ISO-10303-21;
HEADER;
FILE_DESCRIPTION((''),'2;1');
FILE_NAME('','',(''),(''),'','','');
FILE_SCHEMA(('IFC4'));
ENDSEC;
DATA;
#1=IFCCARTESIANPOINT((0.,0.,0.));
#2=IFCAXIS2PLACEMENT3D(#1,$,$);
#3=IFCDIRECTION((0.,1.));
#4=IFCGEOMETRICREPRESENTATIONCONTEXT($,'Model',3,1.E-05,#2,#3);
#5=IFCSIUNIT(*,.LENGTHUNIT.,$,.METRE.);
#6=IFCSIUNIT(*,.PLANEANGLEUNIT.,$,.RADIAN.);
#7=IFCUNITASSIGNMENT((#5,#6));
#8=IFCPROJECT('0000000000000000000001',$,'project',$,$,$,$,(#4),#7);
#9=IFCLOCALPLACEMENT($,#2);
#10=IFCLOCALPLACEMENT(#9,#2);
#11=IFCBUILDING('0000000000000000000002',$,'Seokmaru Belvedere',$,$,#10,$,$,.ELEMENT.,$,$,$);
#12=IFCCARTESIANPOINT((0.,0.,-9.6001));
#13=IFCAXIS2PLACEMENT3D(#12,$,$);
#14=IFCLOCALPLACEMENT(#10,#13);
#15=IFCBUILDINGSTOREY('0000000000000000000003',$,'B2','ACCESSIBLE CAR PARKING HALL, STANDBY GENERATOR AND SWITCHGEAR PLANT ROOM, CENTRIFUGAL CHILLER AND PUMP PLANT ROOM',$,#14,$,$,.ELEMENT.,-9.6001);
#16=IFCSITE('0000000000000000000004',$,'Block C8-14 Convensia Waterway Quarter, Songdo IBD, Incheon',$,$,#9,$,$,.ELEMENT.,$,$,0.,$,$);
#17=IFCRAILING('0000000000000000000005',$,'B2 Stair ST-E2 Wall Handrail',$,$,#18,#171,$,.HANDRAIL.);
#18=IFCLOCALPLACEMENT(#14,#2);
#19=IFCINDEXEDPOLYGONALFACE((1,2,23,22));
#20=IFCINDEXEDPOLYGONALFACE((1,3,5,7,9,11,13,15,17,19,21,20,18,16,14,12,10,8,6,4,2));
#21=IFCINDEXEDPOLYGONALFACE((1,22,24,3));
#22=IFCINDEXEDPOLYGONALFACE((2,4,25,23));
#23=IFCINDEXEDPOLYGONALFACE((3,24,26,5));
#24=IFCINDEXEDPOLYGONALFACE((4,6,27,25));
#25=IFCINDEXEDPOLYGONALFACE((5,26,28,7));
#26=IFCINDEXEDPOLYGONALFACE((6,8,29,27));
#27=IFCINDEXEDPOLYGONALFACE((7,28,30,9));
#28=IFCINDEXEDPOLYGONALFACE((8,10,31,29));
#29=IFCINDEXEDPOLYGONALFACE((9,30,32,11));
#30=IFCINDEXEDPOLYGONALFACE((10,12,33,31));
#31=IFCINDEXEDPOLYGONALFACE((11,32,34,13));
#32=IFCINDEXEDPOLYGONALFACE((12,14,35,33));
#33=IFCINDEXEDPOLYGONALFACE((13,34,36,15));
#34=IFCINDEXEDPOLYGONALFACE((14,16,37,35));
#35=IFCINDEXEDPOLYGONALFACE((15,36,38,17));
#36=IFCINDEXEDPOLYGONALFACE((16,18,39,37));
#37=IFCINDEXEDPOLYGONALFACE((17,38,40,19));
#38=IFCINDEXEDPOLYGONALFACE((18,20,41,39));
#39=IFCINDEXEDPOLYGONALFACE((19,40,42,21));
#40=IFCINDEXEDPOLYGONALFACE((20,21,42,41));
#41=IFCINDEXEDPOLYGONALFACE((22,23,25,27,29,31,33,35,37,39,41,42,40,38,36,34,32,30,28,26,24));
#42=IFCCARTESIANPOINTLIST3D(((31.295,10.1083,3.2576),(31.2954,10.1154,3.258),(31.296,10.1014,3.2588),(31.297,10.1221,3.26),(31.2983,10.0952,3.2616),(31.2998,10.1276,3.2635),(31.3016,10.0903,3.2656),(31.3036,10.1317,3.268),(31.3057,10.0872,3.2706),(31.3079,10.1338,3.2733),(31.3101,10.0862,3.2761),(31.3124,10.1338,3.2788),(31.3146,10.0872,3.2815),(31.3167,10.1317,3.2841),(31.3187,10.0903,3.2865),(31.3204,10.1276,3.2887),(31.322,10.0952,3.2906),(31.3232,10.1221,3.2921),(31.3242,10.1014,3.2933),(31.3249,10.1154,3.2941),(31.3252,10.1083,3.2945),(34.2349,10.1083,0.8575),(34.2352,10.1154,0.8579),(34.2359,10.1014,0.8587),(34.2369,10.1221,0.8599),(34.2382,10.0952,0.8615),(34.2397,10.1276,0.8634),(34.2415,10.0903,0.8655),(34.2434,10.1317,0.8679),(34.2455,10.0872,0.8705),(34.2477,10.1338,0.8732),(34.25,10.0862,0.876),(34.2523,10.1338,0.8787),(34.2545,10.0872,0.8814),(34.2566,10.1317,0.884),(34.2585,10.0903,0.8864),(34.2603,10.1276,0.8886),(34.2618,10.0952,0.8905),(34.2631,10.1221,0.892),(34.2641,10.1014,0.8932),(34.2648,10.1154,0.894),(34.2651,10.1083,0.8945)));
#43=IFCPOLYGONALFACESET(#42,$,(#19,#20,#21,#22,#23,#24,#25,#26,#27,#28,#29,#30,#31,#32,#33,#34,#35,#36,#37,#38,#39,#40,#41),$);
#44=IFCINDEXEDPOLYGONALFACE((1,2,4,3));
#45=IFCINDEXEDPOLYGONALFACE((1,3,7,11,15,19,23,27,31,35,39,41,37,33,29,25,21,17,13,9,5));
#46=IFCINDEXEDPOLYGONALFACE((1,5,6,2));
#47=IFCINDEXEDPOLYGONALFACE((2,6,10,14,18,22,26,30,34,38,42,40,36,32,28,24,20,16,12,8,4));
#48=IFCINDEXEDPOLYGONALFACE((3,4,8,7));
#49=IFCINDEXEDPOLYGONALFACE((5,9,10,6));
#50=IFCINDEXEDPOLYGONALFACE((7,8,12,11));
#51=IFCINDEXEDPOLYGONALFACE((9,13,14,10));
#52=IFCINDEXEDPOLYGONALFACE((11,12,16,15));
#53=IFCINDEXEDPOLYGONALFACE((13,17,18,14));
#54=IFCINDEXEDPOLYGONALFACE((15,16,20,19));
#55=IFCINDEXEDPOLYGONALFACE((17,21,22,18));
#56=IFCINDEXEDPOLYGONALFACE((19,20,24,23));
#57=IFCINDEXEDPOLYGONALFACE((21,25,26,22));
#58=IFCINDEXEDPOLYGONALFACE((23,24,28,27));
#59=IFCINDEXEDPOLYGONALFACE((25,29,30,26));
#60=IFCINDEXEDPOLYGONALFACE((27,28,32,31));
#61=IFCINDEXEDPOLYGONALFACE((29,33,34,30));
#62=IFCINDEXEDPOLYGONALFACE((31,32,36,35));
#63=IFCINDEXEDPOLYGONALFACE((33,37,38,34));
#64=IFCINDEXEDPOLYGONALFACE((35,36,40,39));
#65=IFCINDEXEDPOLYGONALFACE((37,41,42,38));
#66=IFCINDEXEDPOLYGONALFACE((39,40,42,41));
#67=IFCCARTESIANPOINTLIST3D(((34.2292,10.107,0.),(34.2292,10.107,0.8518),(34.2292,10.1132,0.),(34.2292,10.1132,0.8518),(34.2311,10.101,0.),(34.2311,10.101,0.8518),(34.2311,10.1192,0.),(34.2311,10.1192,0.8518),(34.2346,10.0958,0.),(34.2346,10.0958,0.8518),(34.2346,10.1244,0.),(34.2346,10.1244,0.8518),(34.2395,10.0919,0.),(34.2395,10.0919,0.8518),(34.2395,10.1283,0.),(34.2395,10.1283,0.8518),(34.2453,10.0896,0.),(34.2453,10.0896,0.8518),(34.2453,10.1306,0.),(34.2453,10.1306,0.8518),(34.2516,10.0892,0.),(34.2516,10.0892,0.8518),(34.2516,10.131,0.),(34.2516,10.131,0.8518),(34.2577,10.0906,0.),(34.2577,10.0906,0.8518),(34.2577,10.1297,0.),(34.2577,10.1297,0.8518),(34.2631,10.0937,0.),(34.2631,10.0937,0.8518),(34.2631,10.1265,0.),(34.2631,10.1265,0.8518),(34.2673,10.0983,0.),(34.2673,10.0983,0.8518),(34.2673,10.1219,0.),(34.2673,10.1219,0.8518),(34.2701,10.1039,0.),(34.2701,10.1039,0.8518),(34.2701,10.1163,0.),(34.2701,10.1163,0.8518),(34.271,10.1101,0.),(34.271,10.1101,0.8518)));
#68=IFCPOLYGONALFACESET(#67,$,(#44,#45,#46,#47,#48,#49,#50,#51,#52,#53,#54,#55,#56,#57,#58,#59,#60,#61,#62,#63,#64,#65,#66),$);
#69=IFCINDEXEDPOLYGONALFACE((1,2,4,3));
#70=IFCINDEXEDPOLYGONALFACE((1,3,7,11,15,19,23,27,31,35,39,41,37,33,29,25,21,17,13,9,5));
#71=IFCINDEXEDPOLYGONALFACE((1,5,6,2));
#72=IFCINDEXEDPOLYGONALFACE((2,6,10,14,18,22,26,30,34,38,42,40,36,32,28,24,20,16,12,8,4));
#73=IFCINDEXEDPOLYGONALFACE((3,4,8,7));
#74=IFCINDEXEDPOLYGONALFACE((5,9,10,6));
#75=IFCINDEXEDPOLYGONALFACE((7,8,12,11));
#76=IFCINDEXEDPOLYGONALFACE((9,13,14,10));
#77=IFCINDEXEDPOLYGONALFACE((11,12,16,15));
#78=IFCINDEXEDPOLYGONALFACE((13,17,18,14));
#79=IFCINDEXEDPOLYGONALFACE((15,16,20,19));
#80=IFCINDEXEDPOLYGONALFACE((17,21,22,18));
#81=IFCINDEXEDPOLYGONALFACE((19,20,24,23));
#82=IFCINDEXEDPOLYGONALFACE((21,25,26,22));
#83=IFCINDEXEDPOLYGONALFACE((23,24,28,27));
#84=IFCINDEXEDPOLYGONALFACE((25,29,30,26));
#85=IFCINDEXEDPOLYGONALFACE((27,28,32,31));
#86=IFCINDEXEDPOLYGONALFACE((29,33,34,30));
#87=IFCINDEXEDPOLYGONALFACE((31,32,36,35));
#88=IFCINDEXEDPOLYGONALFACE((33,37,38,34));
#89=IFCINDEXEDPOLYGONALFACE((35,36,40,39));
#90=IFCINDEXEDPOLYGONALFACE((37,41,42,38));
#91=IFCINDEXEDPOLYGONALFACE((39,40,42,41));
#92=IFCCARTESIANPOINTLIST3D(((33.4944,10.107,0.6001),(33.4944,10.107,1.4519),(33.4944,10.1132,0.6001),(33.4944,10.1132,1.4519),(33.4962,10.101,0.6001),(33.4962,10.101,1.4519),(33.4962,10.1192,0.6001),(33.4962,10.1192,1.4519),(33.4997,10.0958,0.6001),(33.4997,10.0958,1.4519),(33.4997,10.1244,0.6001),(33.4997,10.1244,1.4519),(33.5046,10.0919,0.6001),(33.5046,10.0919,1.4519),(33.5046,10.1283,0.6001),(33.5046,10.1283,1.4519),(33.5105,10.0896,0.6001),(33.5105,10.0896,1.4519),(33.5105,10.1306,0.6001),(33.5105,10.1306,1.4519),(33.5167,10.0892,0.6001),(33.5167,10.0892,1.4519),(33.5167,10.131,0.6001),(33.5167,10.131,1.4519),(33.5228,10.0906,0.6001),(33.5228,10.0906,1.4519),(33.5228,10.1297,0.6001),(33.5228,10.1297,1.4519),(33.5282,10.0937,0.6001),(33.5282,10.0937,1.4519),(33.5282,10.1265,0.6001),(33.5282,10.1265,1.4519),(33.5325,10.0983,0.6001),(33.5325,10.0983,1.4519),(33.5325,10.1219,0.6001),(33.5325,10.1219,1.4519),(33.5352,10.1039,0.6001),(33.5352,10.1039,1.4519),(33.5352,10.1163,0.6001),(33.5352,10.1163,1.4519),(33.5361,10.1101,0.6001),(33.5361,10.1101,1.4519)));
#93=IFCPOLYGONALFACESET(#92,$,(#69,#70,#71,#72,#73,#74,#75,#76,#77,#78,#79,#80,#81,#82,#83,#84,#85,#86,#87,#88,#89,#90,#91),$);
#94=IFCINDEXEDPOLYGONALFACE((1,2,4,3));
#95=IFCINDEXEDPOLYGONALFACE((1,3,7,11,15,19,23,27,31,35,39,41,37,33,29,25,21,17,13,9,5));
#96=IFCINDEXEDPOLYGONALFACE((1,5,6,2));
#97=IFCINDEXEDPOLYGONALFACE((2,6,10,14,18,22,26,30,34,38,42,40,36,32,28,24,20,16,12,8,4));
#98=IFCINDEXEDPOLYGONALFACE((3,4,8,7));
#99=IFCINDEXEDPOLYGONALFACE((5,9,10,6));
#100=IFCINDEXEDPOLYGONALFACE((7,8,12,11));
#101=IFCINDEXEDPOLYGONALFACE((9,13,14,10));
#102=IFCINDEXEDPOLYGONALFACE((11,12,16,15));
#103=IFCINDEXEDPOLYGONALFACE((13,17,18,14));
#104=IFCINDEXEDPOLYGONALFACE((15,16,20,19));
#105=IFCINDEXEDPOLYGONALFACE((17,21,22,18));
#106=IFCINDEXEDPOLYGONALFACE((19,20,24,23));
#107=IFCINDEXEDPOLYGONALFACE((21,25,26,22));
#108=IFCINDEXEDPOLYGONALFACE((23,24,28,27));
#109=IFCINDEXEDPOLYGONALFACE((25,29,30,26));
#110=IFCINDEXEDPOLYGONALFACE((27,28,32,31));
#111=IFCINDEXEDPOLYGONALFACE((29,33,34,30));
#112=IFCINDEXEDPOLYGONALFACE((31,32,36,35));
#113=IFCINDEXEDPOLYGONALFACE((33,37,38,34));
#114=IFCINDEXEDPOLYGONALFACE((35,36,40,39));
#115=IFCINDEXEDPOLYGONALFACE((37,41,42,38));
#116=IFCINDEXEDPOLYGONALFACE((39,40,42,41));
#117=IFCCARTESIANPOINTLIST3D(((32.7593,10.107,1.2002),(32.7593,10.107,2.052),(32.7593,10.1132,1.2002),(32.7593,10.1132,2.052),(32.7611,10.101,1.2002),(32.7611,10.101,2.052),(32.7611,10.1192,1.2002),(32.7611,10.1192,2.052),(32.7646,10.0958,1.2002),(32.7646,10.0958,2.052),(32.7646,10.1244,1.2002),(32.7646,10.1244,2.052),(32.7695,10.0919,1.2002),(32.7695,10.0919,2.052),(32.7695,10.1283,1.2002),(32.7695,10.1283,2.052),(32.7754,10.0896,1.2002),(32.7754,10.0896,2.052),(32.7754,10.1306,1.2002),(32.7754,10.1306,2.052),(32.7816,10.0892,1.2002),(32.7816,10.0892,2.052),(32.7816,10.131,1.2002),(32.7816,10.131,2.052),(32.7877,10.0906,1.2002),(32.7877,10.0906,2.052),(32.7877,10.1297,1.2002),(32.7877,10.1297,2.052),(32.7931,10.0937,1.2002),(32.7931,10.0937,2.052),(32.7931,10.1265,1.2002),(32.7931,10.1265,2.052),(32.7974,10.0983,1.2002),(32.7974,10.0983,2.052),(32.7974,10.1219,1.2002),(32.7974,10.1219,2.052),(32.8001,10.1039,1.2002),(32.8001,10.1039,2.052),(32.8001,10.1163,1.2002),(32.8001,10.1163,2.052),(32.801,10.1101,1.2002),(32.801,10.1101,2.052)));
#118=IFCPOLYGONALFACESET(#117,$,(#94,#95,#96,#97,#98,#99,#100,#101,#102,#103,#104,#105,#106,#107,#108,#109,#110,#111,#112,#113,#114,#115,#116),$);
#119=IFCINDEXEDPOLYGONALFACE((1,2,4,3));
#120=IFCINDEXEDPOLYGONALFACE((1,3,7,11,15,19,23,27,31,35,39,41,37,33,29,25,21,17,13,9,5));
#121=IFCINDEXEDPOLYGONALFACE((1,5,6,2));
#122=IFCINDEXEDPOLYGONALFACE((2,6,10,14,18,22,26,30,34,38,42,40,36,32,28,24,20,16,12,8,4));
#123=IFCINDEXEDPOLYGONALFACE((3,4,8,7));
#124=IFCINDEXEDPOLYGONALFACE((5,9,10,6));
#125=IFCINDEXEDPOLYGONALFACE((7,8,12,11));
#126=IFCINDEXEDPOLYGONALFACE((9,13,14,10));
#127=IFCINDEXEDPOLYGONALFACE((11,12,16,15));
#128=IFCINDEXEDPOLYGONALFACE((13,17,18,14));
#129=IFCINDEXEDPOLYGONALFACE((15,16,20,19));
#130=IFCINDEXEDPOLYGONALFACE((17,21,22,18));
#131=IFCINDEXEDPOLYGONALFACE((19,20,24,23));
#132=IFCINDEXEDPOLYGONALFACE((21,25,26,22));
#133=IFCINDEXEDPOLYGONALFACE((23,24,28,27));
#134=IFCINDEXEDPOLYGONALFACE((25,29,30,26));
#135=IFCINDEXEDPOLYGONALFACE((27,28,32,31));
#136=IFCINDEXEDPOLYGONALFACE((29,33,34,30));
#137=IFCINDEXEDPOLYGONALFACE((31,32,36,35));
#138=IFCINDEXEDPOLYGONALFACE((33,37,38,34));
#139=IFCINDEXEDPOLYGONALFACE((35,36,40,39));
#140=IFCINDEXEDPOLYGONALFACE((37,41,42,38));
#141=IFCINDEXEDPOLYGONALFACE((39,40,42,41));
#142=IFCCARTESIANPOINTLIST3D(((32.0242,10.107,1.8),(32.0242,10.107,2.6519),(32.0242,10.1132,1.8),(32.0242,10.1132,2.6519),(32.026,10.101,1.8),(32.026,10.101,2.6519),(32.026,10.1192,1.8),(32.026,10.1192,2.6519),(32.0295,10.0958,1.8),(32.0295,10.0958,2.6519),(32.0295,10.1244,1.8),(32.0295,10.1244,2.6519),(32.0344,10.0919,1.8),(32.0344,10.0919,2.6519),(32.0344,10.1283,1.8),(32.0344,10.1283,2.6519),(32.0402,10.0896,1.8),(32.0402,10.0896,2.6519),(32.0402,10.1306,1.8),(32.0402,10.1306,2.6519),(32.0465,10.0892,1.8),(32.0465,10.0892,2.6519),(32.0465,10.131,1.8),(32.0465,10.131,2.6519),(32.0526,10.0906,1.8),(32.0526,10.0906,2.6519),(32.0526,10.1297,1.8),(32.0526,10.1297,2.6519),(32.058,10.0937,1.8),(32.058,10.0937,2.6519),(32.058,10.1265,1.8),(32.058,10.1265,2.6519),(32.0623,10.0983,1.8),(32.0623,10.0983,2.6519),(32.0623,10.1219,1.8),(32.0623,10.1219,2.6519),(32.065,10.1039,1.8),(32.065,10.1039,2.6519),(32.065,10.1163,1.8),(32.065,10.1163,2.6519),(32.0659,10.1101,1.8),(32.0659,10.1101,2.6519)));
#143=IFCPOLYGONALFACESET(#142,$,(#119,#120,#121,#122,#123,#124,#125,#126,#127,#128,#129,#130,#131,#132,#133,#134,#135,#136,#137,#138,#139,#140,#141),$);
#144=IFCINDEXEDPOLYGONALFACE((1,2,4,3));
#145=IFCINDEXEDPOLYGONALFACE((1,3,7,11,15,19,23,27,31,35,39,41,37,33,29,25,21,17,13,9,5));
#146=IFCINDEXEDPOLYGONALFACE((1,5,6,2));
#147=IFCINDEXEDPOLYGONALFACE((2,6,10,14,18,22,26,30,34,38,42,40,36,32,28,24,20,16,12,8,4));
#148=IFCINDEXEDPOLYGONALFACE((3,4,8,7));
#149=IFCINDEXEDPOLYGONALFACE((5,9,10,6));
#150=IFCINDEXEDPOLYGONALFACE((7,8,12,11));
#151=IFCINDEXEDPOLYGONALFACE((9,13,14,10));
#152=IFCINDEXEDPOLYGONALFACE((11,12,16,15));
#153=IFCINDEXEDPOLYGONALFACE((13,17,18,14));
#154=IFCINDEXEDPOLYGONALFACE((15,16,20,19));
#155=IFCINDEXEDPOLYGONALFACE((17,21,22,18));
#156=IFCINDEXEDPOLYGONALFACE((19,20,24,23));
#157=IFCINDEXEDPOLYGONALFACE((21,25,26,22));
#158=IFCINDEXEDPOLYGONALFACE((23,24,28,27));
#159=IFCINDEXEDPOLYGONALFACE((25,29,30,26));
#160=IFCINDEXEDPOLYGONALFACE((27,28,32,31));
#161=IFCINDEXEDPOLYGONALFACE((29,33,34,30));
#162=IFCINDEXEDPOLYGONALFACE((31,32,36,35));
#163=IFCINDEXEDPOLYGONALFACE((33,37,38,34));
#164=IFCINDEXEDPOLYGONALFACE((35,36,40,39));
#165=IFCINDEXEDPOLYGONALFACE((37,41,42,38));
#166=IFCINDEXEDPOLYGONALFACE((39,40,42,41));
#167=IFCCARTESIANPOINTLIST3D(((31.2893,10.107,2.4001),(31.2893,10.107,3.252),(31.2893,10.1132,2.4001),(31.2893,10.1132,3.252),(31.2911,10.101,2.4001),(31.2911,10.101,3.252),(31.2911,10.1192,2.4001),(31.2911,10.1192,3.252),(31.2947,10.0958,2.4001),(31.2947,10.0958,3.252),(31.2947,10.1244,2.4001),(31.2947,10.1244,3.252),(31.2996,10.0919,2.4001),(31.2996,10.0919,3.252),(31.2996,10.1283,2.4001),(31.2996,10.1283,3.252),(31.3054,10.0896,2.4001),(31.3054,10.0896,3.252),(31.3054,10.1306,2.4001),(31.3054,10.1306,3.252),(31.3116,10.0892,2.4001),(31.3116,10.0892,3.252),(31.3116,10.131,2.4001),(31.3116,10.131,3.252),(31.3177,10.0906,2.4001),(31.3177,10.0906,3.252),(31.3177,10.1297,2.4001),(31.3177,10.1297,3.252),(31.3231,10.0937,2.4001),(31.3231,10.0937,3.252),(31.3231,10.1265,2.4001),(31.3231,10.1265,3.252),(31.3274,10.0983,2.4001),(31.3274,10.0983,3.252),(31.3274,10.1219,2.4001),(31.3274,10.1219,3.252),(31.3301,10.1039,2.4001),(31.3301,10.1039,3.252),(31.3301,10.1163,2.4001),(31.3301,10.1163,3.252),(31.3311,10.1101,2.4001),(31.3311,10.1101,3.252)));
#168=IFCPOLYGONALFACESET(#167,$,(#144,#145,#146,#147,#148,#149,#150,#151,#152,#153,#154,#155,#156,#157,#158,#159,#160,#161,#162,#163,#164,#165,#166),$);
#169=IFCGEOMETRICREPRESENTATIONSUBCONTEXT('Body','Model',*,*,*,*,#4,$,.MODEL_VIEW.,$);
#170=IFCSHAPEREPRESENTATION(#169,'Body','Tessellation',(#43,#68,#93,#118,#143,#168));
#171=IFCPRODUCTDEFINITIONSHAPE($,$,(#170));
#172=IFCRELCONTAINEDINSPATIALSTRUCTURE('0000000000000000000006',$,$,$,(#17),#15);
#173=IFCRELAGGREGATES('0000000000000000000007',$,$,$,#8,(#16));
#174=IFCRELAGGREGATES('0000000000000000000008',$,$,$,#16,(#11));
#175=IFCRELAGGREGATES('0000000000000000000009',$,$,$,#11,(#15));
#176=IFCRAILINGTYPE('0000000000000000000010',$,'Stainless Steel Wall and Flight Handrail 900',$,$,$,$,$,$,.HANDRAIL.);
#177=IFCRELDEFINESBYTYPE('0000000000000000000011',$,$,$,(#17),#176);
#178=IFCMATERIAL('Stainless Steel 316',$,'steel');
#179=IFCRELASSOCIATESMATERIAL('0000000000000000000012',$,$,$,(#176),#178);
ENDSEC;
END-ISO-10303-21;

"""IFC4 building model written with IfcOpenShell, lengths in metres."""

from ifc_helpers import new_model, si_unit, direction, frame, origin, origin_2d, place, context, subcontext, project, spatial, circle, extrude, material, type_object, element, save


model = new_model("IFC4")

# Units and contexts
model_context = context("Model", 3, precision=1e-05, world=origin(), true_north=direction((0.0, 1.0)))
body_context = subcontext(model_context, "Body", "Model", "MODEL_VIEW")
ifc_project = project(units=[si_unit("LENGTHUNIT", "METRE"), si_unit("PLANEANGLEUNIT", "RADIAN")], contexts=[model_context])

# Site, building, storey
site_placement = place(None, origin())
site = spatial("IfcSite", under=ifc_project, at=site_placement, Name="Block C8-14 Convensia Waterway Quarter, Songdo IBD, Incheon", CompositionType="ELEMENT", RefElevation=0.0)
building_placement = place(site_placement, origin())
building = spatial("IfcBuilding", under=site, at=building_placement, Name="Seokmaru Belvedere", CompositionType="ELEMENT")
storey_placement = place(building_placement, frame((0.0, 0.0, -9.6001)))
storey = spatial("IfcBuildingStorey", under=building, at=storey_placement, Name="B2", Description="ACCESSIBLE CAR PARKING HALL, STANDBY GENERATOR AND SWITCHGEAR PLANT ROOM, CENTRIFUGAL CHILLER AND PUMP PLANT ROOM", CompositionType="ELEMENT", Elevation=-9.6001)

# Railing
ifc_material_1 = material(Name="Stainless Steel 316", Category="steel")
railing_type = type_object("IfcRailingType", Name="Stainless Steel Wall and Flight Handrail 900", PredefinedType="HANDRAIL", material=ifc_material_1)
railing_placement = place(storey_placement, frame((34.25, 10.1101, 0.0)))
element("IfcRailing", 1, at=railing_placement, inside=storey, type_object=railing_type, Name="B2 Stair ST-E2 Wall Handrail", PredefinedType="HANDRAIL", context=body_context, shape_type="SweptSolid", body=[
    extrude(circle(Radius=0.0239, at=origin_2d()), frame((0.0, 0.0, 0.876), z_axis=(-0.774636, 0.0, 0.632407), x_axis=(0.0, -1.0, 0.0)), (0.0, 0.0, 1.0), 3.7952),
    extrude(circle(Radius=0.021, at=origin_2d()), origin(), (0.0, 0.0, 1.0), 0.8518),
    extrude(circle(Radius=0.021, at=origin_2d()), frame((-0.7349, 0.0, 0.6001)), (0.0, 0.0, 1.0), 0.8518),
    extrude(circle(Radius=0.021, at=origin_2d()), frame((-1.47, 0.0, 1.2002)), (0.0, 0.0, 1.0), 0.8518),
    extrude(circle(Radius=0.021, at=origin_2d()), frame((-2.2051, 0.0, 1.8)), (0.0, 0.0, 1.0), 0.8518),
    extrude(circle(Radius=0.021, at=origin_2d()), frame((-2.9399, 0.0, 2.4001)), (0.0, 0.0, 1.0), 0.8518),
])

save(model, "model.ifc")
